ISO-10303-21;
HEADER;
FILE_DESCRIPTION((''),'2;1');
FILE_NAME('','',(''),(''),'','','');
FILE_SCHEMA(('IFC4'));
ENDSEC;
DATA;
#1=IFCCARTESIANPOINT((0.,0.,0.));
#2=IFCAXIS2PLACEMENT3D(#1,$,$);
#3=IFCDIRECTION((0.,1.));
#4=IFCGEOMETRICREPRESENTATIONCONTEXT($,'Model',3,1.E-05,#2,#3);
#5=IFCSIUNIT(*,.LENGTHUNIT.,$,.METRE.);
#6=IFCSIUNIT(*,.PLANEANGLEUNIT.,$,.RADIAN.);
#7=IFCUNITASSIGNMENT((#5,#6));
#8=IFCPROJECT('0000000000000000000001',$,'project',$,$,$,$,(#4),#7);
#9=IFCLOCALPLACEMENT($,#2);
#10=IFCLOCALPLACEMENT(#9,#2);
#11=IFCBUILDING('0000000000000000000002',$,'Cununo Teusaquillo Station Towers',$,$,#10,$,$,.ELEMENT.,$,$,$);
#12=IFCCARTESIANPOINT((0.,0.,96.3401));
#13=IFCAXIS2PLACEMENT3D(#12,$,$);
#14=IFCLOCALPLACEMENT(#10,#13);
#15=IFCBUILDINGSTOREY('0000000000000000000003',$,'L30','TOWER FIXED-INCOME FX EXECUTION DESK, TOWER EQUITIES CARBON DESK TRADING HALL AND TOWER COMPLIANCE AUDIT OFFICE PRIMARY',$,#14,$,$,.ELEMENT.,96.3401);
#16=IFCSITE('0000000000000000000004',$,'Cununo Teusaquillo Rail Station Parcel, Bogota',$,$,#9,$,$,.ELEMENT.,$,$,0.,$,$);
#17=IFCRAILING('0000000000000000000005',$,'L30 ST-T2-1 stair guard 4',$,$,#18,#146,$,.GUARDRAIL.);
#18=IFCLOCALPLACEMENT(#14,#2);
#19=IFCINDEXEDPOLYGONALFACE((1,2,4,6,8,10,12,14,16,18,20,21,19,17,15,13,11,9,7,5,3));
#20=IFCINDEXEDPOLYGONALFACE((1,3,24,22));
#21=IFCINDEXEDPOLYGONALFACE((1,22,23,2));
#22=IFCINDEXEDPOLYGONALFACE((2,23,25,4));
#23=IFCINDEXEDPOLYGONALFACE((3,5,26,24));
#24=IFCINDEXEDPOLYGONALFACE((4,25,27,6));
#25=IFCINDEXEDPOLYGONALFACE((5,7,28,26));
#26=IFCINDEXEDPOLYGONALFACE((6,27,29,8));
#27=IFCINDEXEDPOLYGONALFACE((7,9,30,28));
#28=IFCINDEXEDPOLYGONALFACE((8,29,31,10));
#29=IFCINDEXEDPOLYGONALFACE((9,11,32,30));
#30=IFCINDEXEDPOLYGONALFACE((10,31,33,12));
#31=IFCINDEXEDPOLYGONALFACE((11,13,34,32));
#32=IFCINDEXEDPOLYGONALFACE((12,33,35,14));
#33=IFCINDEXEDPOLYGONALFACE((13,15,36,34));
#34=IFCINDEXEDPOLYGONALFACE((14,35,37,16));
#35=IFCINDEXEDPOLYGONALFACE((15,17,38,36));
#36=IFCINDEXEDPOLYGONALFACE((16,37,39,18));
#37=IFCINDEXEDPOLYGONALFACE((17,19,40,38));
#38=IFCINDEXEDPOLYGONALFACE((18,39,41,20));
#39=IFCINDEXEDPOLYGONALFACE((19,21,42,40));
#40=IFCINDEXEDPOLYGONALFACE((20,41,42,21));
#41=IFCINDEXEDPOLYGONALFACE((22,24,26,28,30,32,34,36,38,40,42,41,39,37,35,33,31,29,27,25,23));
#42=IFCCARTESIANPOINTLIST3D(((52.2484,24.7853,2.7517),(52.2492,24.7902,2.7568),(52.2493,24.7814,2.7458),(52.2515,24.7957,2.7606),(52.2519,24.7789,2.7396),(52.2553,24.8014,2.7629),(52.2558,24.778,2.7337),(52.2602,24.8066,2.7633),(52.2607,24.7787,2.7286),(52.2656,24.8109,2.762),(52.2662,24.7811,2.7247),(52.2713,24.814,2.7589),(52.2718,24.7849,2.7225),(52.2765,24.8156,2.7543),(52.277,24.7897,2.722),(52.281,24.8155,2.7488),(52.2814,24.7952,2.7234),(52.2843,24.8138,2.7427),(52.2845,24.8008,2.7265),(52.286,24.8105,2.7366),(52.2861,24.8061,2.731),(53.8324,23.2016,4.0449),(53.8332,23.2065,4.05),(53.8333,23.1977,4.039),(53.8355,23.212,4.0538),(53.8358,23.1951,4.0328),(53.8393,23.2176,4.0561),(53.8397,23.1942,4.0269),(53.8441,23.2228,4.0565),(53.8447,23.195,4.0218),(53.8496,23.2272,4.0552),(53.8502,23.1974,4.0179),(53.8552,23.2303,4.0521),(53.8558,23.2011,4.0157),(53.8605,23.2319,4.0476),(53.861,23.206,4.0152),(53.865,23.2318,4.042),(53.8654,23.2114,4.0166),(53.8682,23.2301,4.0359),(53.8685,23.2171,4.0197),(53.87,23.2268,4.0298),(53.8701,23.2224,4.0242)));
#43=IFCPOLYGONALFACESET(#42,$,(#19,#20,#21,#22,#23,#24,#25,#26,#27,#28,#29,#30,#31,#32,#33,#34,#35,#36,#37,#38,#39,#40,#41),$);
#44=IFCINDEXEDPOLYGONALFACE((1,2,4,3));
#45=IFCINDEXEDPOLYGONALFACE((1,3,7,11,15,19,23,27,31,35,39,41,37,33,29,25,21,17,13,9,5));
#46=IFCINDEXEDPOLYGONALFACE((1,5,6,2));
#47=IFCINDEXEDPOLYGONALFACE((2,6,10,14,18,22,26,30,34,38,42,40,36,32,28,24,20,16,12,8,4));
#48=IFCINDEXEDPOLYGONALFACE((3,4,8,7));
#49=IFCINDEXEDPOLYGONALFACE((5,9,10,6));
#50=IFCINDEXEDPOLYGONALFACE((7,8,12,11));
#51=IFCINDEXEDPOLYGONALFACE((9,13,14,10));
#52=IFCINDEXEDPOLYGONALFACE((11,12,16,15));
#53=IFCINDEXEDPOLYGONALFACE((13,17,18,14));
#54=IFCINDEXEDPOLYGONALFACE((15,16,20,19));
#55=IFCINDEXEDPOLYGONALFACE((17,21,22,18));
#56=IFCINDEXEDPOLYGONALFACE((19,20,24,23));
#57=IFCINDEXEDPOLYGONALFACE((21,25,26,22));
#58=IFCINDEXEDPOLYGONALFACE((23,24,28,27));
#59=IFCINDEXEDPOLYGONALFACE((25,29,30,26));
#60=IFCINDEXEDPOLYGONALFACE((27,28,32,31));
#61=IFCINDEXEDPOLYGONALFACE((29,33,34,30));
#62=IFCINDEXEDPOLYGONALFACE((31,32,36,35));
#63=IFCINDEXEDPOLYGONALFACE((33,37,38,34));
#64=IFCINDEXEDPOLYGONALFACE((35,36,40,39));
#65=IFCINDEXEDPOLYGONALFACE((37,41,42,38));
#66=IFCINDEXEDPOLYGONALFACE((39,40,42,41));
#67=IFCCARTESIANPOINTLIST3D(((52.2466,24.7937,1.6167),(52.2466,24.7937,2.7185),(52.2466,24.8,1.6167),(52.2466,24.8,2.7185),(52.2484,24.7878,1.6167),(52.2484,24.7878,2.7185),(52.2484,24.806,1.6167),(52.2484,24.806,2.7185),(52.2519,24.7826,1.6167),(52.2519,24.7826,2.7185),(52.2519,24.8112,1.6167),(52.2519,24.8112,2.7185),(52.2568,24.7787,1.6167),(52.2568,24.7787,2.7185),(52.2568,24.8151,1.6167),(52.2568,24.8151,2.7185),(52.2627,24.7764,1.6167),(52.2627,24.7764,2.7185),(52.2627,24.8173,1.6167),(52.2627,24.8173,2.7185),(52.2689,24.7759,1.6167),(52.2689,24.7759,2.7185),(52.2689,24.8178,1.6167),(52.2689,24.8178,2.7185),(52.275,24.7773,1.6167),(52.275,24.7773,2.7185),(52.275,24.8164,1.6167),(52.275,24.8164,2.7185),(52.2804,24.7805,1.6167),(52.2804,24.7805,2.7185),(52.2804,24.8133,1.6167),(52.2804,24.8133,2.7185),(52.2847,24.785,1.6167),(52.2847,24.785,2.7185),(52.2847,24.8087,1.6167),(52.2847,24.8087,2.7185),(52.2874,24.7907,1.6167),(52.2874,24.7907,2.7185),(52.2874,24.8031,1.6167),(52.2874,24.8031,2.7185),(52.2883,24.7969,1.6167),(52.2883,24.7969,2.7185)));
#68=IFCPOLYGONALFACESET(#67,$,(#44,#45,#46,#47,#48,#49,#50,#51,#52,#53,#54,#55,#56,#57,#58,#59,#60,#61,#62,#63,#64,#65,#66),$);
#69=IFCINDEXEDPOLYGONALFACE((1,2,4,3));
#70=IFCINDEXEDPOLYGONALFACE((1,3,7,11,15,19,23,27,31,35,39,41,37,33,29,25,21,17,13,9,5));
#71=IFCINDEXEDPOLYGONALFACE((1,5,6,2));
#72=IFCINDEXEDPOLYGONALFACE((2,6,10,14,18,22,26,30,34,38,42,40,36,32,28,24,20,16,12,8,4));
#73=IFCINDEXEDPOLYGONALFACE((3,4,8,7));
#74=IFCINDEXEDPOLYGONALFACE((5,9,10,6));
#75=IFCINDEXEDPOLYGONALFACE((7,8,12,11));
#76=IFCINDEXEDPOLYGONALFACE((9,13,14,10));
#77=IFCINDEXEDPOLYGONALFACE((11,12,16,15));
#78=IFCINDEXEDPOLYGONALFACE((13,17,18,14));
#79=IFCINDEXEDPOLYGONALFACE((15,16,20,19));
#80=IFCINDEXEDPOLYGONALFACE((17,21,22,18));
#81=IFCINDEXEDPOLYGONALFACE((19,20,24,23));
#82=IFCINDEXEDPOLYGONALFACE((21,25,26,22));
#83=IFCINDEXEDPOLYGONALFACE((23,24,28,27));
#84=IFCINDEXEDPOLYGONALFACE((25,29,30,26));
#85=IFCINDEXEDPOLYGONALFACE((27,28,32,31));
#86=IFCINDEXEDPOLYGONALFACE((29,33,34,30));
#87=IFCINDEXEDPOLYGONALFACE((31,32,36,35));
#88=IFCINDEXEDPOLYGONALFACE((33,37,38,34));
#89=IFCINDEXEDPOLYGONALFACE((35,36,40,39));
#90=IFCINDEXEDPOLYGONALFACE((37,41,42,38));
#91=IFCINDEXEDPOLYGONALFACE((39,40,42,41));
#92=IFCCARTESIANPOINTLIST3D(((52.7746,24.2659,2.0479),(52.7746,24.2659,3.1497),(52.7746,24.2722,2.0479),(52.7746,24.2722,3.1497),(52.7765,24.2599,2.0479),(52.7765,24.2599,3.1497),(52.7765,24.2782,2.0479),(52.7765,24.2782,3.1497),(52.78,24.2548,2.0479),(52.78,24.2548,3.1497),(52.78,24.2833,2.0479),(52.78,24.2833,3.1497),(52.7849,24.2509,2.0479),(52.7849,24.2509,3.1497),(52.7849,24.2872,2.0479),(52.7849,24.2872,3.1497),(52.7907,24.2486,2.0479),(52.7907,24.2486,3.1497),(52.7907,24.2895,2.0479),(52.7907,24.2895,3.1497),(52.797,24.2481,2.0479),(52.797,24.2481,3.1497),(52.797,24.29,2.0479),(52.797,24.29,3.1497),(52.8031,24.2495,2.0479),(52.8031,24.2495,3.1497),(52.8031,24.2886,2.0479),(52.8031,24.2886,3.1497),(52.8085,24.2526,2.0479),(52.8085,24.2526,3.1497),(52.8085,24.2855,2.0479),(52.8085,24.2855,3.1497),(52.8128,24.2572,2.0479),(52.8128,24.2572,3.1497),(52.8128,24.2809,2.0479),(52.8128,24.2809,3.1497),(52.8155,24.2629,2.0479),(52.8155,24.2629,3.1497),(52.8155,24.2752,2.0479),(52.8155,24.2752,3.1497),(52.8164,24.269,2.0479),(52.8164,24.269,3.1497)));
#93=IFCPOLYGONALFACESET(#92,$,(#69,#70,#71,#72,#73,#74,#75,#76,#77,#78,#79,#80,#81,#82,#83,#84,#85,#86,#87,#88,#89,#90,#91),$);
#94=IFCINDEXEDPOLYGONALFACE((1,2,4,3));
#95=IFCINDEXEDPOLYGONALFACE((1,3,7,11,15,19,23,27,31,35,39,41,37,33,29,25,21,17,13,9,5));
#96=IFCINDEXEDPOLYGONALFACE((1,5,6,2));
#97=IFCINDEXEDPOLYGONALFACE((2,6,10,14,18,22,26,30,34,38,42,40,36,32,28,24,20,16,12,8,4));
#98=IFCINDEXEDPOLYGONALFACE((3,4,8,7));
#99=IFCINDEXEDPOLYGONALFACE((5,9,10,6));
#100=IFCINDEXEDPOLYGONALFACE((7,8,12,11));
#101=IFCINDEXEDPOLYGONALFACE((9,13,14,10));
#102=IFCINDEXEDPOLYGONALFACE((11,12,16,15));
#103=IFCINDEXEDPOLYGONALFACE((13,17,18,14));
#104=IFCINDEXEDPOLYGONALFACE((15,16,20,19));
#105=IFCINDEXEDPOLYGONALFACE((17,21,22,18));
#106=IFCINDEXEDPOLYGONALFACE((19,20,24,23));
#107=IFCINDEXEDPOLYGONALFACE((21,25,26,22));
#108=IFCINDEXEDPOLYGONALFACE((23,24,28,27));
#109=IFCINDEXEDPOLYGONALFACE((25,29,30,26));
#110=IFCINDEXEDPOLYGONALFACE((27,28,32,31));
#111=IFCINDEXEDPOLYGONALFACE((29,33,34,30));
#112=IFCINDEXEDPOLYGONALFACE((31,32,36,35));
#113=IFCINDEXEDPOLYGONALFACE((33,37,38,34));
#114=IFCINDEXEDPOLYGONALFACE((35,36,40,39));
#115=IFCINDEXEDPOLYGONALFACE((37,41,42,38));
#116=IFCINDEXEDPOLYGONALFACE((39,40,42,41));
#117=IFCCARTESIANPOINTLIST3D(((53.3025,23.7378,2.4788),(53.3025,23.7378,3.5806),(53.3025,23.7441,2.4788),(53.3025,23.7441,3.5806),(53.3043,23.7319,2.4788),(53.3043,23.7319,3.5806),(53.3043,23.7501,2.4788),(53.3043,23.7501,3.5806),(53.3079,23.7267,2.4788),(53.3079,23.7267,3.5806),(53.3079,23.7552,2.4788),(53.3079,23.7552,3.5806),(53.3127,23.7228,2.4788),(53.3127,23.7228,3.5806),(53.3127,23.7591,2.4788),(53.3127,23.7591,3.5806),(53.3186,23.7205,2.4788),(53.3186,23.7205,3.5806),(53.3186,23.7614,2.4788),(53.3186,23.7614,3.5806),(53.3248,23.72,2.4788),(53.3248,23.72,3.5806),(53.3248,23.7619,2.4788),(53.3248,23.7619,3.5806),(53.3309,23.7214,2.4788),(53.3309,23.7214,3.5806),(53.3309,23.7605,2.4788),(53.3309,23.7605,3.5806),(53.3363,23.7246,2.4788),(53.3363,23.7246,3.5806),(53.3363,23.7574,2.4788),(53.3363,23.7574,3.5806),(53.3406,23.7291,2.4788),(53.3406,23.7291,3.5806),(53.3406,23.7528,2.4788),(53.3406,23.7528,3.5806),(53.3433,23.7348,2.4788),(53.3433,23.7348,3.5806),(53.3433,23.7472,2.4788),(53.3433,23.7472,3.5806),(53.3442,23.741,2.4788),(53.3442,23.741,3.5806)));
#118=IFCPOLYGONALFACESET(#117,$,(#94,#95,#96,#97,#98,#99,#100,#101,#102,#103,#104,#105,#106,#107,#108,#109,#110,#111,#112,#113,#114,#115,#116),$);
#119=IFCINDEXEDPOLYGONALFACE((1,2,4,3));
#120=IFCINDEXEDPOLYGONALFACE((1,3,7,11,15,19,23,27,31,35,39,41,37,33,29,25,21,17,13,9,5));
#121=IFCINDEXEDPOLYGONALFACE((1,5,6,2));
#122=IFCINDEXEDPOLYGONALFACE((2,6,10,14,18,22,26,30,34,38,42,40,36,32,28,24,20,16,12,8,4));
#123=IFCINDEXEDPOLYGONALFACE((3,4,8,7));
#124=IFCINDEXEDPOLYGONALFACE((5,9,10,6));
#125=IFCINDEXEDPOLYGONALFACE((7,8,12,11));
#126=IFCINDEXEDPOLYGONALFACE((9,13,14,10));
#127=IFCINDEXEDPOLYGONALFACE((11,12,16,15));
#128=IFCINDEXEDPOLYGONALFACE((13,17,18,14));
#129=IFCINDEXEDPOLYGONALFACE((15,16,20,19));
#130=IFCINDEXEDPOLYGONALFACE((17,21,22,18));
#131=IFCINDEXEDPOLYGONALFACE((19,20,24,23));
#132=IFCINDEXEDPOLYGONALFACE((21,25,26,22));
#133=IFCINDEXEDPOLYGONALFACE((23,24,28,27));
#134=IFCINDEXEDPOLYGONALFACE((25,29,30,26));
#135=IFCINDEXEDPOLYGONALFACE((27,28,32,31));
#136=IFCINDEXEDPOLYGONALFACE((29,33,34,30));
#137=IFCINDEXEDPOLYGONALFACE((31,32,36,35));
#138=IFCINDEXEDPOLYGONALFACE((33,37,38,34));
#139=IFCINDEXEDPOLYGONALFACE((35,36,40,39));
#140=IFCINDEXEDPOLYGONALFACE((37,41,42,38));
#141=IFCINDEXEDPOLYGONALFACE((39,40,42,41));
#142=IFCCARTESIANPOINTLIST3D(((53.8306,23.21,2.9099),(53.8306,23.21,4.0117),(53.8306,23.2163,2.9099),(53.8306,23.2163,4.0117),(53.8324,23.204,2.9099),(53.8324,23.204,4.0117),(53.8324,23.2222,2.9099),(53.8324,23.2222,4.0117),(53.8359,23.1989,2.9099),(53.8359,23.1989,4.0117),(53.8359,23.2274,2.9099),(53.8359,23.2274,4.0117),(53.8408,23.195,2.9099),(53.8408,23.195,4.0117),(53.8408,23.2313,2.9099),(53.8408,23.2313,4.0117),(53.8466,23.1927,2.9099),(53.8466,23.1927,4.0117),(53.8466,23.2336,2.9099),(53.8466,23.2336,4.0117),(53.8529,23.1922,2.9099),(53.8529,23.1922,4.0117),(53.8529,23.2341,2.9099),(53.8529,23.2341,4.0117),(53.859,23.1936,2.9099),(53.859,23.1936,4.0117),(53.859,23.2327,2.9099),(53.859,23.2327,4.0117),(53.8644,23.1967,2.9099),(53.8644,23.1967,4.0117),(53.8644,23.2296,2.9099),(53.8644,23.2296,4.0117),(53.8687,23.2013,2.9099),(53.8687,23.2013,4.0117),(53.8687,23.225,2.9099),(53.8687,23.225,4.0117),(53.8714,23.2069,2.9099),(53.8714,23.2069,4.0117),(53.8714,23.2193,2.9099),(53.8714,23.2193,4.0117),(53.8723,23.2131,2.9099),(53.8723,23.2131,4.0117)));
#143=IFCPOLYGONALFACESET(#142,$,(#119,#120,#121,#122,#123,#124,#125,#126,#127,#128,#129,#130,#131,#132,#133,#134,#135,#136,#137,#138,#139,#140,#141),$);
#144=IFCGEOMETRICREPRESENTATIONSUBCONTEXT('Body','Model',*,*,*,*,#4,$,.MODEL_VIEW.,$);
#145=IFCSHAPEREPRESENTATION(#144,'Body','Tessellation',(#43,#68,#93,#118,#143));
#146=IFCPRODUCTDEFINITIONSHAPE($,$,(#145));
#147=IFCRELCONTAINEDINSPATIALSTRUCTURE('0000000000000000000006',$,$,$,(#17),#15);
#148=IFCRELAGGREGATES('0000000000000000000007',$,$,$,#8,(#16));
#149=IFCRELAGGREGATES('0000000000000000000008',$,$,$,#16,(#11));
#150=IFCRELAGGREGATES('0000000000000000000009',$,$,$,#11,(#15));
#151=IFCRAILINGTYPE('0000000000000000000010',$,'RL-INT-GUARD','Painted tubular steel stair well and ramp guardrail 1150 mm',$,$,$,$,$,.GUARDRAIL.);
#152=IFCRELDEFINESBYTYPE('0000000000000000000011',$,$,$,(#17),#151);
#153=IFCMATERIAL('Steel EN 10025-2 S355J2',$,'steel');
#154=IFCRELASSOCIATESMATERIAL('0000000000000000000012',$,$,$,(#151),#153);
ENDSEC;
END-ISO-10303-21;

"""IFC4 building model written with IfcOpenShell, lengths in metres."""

from ifc_helpers import new_model, si_unit, direction, frame, origin, origin_2d, place, context, subcontext, project, spatial, circle, extrude, material, type_object, element, save


model = new_model("IFC4")

# Units and contexts
model_context = context("Model", 3, precision=1e-05, world=origin(), true_north=direction((0.0, 1.0)))
body_context = subcontext(model_context, "Body", "Model", "MODEL_VIEW")
ifc_project = project(units=[si_unit("LENGTHUNIT", "METRE"), si_unit("PLANEANGLEUNIT", "RADIAN")], contexts=[model_context])

# Site, building, storey
site_placement = place(None, origin())
site = spatial("IfcSite", under=ifc_project, at=site_placement, Name="Cununo Teusaquillo Rail Station Parcel, Bogota", CompositionType="ELEMENT", RefElevation=0.0)
building_placement = place(site_placement, origin())
building = spatial("IfcBuilding", under=site, at=building_placement, Name="Cununo Teusaquillo Station Towers", CompositionType="ELEMENT")
storey_placement = place(building_placement, frame((0.0, 0.0, 96.3401)))
storey = spatial("IfcBuildingStorey", under=building, at=storey_placement, Name="L30", Description="TOWER FIXED-INCOME FX EXECUTION DESK, TOWER EQUITIES CARBON DESK TRADING HALL AND TOWER COMPLIANCE AUDIT OFFICE PRIMARY", CompositionType="ELEMENT", Elevation=96.3401)

# Railing
ifc_material_1 = material(Name="Steel EN 10025-2 S355J2", Category="steel")
railing_type_1 = type_object("IfcRailingType", Name="RL-INT-GUARD", Description="Painted tubular steel stair well and ramp guardrail 1150 mm", PredefinedType="GUARDRAIL", material=ifc_material_1)
railing_1_placement = place(storey_placement, frame((52.2673, 24.7969, 1.6167)))
element("IfcRailing", 1, at=railing_1_placement, inside=storey, type_object=railing_type_1, Name="L30 ST-T2-1 stair guard 4", PredefinedType="GUARDRAIL", context=body_context, shape_type="SweptSolid", body=[
    extrude(circle(Radius=0.0239, at=origin_2d()), frame((0.0, 0.0, 1.126), z_axis=(0.61242, -0.612326, 0.499998), x_axis=(0.707052, 0.707161, 0.0)), (0.0, 0.0, 1.0), 2.5864),
    extrude(circle(Radius=0.021, at=origin_2d()), origin(), (0.0, 0.0, 1.0), 1.1018),
    extrude(circle(Radius=0.021, at=origin_2d()), frame((0.5281, -0.5278, 0.4312)), (0.0, 0.0, 1.0), 1.1018),
    extrude(circle(Radius=0.021, at=origin_2d()), frame((1.0559, -1.0559, 0.8621)), (0.0, 0.0, 1.0), 1.1018),
    extrude(circle(Radius=0.021, at=origin_2d()), frame((1.584, -1.5837, 1.2932)), (0.0, 0.0, 1.0), 1.1018),
])

save(model, "model.ifc")
